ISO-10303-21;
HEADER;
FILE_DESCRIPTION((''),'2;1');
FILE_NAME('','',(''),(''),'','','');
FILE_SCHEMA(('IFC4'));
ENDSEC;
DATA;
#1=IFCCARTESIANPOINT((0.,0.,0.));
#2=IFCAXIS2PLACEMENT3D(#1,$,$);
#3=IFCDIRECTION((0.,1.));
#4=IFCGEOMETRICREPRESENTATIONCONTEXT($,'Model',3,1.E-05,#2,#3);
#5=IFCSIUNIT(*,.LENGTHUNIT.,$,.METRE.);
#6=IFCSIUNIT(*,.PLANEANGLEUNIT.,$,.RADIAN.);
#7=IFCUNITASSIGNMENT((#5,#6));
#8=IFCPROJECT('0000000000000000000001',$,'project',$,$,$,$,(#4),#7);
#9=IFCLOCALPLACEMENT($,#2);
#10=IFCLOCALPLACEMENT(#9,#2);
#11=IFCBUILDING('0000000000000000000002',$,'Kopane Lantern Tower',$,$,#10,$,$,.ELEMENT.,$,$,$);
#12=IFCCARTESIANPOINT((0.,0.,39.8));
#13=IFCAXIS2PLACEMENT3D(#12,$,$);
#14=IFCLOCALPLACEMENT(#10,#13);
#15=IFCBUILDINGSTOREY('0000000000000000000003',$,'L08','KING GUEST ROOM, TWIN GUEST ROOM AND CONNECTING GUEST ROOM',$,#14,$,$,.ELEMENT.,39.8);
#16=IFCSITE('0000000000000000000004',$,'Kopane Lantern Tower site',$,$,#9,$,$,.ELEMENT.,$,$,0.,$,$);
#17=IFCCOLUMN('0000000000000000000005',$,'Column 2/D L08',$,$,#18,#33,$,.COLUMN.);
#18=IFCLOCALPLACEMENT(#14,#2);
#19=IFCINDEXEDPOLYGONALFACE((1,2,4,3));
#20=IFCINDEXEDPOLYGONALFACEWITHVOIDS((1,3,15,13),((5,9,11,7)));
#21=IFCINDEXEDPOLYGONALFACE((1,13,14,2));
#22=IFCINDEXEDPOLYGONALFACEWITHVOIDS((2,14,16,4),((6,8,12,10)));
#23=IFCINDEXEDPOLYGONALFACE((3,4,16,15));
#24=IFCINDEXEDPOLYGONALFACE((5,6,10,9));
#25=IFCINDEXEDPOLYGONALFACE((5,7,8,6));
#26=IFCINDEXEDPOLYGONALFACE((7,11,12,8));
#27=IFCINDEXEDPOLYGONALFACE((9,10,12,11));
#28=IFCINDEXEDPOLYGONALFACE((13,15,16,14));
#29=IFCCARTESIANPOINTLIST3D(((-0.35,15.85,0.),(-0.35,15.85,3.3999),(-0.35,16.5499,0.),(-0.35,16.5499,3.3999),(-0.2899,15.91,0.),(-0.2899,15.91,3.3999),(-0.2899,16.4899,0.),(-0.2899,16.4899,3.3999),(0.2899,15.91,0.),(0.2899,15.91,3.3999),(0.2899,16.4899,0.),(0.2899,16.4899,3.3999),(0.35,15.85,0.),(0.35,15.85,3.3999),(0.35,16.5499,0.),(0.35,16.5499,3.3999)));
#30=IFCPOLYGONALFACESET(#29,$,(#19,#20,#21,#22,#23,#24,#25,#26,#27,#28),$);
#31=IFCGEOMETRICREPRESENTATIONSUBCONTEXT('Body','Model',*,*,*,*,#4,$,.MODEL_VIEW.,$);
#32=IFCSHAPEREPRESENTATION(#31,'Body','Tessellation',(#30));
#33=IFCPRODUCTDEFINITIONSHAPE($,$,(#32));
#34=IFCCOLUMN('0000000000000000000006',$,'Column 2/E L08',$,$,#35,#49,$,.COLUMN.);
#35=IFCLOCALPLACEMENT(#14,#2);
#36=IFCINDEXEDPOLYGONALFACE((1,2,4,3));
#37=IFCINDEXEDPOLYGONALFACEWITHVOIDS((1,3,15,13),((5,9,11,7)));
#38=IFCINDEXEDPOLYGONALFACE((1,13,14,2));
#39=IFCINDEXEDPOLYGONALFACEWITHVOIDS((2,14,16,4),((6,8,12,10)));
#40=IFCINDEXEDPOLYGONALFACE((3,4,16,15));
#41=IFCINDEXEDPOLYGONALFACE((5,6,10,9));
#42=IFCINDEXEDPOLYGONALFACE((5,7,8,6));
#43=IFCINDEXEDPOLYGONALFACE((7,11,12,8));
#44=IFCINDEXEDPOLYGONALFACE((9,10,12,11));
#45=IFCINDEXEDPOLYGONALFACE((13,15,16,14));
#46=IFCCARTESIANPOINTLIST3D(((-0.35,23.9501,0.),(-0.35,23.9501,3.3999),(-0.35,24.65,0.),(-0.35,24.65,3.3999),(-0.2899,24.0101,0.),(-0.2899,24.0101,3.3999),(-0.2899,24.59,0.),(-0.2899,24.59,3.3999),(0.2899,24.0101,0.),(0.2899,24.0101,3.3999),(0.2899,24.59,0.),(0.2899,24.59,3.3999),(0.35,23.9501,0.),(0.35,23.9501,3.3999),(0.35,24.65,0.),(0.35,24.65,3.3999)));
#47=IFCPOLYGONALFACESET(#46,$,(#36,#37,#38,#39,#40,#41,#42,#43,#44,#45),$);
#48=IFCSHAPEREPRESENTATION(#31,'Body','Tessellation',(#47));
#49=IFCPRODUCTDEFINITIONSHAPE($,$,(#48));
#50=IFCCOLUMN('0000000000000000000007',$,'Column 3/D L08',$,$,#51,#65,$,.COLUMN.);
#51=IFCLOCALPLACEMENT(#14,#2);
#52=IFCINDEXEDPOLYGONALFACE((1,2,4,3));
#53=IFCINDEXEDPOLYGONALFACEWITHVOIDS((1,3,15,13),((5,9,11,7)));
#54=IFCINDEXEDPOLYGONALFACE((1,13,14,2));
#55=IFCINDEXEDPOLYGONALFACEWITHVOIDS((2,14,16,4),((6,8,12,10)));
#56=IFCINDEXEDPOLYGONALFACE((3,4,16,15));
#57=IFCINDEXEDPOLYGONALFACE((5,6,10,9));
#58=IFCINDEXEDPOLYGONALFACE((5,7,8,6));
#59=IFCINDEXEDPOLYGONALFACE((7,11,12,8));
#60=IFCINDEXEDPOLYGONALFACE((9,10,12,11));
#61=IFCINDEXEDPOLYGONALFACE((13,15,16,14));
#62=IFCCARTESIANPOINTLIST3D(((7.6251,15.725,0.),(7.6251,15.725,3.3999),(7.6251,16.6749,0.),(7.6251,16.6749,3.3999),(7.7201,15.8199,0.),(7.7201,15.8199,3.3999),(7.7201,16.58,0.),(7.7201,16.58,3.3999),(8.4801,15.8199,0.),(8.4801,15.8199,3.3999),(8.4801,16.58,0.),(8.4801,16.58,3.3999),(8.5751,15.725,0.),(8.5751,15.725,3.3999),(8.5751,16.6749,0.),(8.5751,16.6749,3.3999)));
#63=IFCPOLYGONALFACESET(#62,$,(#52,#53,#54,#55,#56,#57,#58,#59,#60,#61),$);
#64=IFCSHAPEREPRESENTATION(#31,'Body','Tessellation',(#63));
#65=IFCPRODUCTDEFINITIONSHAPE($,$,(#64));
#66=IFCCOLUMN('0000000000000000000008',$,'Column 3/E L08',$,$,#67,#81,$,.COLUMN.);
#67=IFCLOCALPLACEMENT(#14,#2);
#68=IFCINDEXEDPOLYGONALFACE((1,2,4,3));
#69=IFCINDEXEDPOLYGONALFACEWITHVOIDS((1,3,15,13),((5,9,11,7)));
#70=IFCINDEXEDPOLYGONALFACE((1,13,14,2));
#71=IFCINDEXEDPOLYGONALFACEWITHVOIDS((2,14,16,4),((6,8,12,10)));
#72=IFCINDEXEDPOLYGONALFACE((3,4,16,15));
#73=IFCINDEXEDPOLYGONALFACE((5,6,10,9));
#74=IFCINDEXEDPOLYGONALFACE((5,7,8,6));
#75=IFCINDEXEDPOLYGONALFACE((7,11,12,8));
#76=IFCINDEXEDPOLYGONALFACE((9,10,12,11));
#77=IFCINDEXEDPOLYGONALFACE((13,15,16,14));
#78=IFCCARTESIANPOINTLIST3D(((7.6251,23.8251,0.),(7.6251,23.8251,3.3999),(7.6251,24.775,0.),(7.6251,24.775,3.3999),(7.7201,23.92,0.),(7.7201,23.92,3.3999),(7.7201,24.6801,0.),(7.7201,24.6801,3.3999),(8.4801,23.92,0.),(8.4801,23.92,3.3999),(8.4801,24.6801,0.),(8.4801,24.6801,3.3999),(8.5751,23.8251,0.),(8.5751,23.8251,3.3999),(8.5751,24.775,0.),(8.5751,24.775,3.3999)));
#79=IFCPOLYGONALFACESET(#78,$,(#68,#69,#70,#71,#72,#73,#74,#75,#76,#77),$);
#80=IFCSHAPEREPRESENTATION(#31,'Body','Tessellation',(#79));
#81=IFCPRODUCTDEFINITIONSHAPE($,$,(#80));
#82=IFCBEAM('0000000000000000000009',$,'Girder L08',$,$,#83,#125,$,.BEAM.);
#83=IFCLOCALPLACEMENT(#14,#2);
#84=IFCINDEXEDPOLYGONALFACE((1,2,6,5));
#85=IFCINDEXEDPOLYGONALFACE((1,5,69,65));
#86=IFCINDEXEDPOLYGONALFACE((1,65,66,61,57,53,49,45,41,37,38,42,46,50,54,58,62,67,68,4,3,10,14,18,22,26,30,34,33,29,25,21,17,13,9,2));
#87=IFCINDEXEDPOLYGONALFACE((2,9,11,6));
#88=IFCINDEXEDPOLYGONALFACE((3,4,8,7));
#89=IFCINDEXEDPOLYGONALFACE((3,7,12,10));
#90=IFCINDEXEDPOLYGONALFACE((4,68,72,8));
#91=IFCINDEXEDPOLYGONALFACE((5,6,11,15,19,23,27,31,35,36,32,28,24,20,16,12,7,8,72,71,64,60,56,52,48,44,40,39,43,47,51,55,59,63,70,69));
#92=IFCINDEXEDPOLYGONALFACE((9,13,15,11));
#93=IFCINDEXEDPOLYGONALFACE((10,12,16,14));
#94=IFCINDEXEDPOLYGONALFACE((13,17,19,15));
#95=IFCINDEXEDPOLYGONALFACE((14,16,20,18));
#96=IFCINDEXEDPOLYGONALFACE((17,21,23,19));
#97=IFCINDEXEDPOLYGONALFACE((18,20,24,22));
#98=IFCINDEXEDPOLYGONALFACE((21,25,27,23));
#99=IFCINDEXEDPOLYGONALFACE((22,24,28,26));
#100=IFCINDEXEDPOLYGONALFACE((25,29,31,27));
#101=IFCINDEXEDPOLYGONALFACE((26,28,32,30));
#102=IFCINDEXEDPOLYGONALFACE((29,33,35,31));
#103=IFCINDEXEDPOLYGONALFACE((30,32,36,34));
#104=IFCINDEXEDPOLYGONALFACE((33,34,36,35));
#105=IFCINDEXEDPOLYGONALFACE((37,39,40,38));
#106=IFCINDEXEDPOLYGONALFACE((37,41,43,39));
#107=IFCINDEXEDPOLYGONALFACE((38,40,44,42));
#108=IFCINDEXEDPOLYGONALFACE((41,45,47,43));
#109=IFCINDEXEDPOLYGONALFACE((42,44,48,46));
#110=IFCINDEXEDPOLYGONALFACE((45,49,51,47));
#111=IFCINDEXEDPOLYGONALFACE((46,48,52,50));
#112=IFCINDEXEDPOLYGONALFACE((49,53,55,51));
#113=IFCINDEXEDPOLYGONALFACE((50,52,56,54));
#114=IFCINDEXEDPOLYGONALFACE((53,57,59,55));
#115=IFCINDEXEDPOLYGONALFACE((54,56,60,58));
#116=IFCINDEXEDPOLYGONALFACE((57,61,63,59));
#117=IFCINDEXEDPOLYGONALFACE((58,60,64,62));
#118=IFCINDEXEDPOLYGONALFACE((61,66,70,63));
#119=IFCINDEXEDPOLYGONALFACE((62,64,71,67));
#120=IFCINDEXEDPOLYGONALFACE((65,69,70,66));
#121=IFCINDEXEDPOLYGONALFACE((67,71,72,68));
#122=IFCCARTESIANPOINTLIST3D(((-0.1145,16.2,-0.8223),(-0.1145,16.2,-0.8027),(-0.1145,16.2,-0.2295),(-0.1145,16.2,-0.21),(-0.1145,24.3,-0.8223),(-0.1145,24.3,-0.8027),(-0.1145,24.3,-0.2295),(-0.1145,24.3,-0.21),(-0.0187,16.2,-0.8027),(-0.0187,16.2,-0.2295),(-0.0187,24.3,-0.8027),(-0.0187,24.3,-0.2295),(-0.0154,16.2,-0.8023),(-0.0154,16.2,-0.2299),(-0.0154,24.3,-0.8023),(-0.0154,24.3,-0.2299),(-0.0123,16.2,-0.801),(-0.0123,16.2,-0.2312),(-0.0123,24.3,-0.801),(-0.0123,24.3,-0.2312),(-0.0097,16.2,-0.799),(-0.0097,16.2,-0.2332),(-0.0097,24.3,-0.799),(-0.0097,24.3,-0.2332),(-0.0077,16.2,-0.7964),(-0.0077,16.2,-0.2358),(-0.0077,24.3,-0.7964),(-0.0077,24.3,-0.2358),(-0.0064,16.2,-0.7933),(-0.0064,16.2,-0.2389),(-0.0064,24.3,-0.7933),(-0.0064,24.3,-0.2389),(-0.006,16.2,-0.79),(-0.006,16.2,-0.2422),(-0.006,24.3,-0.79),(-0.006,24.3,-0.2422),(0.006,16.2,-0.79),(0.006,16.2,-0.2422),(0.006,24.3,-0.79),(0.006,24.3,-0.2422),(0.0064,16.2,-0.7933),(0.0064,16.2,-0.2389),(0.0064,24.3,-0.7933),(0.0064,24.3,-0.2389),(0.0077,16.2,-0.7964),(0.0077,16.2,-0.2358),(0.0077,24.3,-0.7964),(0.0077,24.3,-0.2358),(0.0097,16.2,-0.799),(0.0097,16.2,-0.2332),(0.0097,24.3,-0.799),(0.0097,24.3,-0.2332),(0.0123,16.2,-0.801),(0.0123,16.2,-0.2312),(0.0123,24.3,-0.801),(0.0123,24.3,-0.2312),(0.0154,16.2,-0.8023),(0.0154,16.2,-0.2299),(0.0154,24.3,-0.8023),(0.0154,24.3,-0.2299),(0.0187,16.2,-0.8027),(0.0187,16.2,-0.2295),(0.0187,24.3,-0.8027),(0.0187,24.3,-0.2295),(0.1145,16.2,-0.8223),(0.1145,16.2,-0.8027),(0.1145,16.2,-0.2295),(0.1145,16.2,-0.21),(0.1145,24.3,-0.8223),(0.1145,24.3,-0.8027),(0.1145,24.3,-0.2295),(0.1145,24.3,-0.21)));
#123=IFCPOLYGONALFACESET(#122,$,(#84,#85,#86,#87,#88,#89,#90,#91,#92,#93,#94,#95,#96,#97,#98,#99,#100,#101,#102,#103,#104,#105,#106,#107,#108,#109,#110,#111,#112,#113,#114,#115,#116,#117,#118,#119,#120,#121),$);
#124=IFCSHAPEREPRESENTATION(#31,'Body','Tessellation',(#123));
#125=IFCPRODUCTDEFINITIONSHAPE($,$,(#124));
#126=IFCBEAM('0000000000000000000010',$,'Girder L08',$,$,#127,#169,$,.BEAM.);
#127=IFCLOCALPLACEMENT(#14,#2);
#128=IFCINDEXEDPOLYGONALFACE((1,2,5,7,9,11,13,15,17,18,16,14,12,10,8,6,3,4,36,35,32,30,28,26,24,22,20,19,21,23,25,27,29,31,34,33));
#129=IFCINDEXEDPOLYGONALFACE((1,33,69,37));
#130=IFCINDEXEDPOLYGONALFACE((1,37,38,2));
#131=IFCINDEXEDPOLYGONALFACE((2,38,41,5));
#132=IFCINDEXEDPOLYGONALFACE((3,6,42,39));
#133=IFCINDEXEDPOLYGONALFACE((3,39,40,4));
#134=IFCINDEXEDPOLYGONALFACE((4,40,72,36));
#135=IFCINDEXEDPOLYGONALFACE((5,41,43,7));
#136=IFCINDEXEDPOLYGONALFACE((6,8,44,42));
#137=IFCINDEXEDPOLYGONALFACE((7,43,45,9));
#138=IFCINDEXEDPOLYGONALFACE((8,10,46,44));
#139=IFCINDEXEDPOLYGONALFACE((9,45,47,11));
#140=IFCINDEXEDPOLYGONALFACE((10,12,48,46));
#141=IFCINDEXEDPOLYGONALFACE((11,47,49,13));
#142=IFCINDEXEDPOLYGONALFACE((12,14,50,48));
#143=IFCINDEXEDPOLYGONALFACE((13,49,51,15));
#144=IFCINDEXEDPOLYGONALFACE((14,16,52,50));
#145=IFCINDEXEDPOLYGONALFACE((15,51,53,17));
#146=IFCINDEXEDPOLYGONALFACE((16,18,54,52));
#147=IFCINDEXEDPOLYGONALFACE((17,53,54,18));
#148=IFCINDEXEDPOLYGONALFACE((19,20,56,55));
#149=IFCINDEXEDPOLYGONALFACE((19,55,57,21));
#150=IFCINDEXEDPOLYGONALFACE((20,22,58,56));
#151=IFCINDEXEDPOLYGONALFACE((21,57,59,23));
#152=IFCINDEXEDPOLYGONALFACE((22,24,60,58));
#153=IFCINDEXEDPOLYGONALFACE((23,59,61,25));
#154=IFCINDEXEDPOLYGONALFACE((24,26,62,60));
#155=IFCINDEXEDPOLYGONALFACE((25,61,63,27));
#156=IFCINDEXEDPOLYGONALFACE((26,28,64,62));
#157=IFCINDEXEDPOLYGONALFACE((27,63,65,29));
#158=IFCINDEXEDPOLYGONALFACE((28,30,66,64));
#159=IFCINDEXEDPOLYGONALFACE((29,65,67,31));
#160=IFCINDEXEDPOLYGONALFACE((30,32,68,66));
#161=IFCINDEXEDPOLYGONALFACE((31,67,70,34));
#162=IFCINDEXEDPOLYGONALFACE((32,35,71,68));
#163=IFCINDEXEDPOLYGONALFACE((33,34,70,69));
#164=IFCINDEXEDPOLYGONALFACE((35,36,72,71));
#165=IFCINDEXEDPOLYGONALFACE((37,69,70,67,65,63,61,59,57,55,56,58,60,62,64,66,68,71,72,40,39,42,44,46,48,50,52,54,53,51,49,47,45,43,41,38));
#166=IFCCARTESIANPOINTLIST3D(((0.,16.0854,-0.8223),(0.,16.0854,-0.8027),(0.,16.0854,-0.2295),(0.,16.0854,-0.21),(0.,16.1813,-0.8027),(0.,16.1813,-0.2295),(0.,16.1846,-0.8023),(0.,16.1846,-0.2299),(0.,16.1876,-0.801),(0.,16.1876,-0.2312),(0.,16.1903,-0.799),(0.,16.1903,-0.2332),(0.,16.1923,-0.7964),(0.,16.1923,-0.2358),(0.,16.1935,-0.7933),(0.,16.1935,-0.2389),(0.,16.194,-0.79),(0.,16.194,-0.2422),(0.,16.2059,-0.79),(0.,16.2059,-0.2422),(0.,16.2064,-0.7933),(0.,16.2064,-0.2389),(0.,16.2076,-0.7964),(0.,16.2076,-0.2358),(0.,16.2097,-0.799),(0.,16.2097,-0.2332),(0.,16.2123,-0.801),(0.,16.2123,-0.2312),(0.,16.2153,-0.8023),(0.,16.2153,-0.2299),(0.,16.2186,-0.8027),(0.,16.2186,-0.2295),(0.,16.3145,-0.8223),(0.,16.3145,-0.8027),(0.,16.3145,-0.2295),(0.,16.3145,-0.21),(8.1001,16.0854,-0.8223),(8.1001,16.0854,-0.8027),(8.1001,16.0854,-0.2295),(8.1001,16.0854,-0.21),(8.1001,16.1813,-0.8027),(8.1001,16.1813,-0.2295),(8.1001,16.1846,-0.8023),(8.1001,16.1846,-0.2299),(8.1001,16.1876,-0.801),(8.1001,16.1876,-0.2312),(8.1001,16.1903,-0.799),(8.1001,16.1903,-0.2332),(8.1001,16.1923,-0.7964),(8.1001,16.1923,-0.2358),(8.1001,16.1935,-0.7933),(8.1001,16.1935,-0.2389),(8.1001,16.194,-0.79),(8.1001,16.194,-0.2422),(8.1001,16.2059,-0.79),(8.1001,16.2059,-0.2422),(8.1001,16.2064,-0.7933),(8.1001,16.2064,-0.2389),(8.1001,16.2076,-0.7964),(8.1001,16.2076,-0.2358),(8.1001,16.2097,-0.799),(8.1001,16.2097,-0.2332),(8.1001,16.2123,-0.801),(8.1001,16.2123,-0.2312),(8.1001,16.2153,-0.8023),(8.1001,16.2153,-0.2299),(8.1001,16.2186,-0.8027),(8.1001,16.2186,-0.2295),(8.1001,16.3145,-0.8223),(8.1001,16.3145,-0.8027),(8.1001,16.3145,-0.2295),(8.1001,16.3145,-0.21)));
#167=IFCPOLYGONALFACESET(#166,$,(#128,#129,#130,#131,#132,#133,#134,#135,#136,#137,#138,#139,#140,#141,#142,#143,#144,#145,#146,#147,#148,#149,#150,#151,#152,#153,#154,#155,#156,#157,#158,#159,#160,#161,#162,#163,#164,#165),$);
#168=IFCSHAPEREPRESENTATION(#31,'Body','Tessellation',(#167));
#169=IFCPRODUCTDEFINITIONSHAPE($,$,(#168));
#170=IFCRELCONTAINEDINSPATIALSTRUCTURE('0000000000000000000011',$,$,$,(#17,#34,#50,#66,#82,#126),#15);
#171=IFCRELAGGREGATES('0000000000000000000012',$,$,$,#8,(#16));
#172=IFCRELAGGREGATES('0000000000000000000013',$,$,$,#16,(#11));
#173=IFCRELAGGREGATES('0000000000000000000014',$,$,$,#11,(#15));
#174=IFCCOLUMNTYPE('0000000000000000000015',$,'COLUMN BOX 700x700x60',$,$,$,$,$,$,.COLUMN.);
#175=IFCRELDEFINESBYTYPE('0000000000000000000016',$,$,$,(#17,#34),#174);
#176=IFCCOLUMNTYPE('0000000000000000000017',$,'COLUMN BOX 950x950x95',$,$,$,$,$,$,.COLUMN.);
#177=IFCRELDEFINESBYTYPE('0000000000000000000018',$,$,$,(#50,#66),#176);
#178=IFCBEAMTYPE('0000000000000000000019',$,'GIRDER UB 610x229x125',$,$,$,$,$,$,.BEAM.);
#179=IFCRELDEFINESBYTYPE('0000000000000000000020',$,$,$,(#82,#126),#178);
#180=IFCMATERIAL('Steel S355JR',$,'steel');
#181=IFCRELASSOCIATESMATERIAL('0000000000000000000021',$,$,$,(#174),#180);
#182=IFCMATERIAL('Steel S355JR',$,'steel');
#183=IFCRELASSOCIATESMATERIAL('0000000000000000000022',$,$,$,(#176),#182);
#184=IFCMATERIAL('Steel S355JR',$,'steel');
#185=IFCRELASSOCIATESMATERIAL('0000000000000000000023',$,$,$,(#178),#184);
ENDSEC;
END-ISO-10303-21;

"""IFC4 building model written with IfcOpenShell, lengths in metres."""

from ifc_helpers import new_model, si_unit, direction, frame, origin, origin_2d, place, context, subcontext, project, spatial, hollow_rectangle, i_section, extrude, material, material_profile, profile_set, type_object, element, save


model = new_model("IFC4")

# Units and contexts
model_context = context("Model", 3, precision=1e-05, world=origin(), true_north=direction((0.0, 1.0)))
body_context = subcontext(model_context, "Body", "Model", "MODEL_VIEW")
ifc_project = project(units=[si_unit("LENGTHUNIT", "METRE"), si_unit("PLANEANGLEUNIT", "RADIAN")], contexts=[model_context])

# Site, building, storey
site_placement = place(None, origin())
site = spatial("IfcSite", under=ifc_project, at=site_placement, Name="Kopane Lantern Tower site", CompositionType="ELEMENT", RefElevation=0.0)
building_placement = place(site_placement, origin())
building = spatial("IfcBuilding", under=site, at=building_placement, Name="Kopane Lantern Tower", CompositionType="ELEMENT")
storey_placement = place(building_placement, frame((0.0, 0.0, 39.8)))
storey = spatial("IfcBuildingStorey", under=building, at=storey_placement, Name="L08", Description="KING GUEST ROOM, TWIN GUEST ROOM AND CONNECTING GUEST ROOM", CompositionType="ELEMENT", Elevation=39.8)

# Columns
ifc_material_1 = material(Name="Steel S355JR", Category="steel")
ifc_material_profile_1 = material_profile(ifc_material_1, hollow_rectangle(XDim=0.7, YDim=0.7, WallThickness=0.0601, at=origin_2d()), Name="BOX 700x700x60")
ifc_profile_set_1 = profile_set([ifc_material_profile_1], Name="Steel S355JR")
column_type_1 = type_object("IfcColumnType", Name="COLUMN BOX 700x700x60", PredefinedType="COLUMN", material=ifc_profile_set_1)
for number, where, z_axis, x_axis, name in (
    (1, (0.0, 16.2, 0.0), (0.0, 0.0, 1.0), (1.0, 0.0, 0.0), "Column 2/D L08"),
    (2, (0.0, 24.3, 0.0), (0.0, 0.0, 1.0), (1.0, 0.0, 0.0), "Column 2/E L08"),
):
    element("IfcColumn", number, at=place(storey_placement, frame(where, z_axis=z_axis, x_axis=x_axis)), inside=storey, type_object=column_type_1, Name=name, PredefinedType="COLUMN", context=body_context, shape_type="SweptSolid", body=[
        extrude(hollow_rectangle(XDim=0.7, YDim=0.7, WallThickness=0.0601, at=origin_2d()), origin(), (0.0, 0.0, 1.0), 3.3999),
    ])
ifc_material_2 = material(Name="Steel S355JR", Category="steel")
ifc_material_profile_2 = material_profile(ifc_material_2, hollow_rectangle(XDim=0.95, YDim=0.95, WallThickness=0.095, at=origin_2d()), Name="BOX 950x950x95")
ifc_profile_set_2 = profile_set([ifc_material_profile_2], Name="Steel S355JR")
column_type_2 = type_object("IfcColumnType", Name="COLUMN BOX 950x950x95", PredefinedType="COLUMN", material=ifc_profile_set_2)
for number, where, z_axis, x_axis, name in (
    (3, (8.1001, 16.2, 0.0), (0.0, 0.0, 1.0), (1.0, 0.0, 0.0), "Column 3/D L08"),
    (4, (8.1001, 24.3, 0.0), (0.0, 0.0, 1.0), (1.0, 0.0, 0.0), "Column 3/E L08"),
):
    element("IfcColumn", number, at=place(storey_placement, frame(where, z_axis=z_axis, x_axis=x_axis)), inside=storey, type_object=column_type_2, Name=name, PredefinedType="COLUMN", context=body_context, shape_type="SweptSolid", body=[
        extrude(hollow_rectangle(XDim=0.95, YDim=0.95, WallThickness=0.095, at=origin_2d()), origin(), (0.0, 0.0, 1.0), 3.3999),
    ])

# Beams
ifc_material_3 = material(Name="Steel S355JR", Category="steel")
ifc_material_profile_3 = material_profile(ifc_material_3, i_section(OverallWidth=0.229, OverallDepth=0.6123, WebThickness=0.012, FlangeThickness=0.0195, FilletRadius=0.0127, at=origin_2d()), Name="UB 610x229x125")
ifc_profile_set_3 = profile_set([ifc_material_profile_3], Name="Steel S355JR")
beam_type = type_object("IfcBeamType", Name="GIRDER UB 610x229x125", PredefinedType="BEAM", material=ifc_profile_set_3)
for number, where, z_axis, x_axis, name in (
    (5, (0.0, 16.2, -0.5161), (0.0, 1.0, 0.0), (-1.0, 0.0, 0.0), "Girder L08"),
    (6, (0.0, 16.2, -0.5161), (1.0, 0.0, 0.0), (0.0, 1.0, 0.0), "Girder L08"),
):
    element("IfcBeam", number, at=place(storey_placement, frame(where, z_axis=z_axis, x_axis=x_axis)), inside=storey, type_object=beam_type, Name=name, PredefinedType="BEAM", context=body_context, shape_type="SweptSolid", body=[
        extrude(i_section(OverallWidth=0.229, OverallDepth=0.6123, WebThickness=0.012, FlangeThickness=0.0195, FilletRadius=0.0127, at=origin_2d()), origin(), (0.0, 0.0, 1.0), 8.1001),
    ])

save(model, "model.ifc")
